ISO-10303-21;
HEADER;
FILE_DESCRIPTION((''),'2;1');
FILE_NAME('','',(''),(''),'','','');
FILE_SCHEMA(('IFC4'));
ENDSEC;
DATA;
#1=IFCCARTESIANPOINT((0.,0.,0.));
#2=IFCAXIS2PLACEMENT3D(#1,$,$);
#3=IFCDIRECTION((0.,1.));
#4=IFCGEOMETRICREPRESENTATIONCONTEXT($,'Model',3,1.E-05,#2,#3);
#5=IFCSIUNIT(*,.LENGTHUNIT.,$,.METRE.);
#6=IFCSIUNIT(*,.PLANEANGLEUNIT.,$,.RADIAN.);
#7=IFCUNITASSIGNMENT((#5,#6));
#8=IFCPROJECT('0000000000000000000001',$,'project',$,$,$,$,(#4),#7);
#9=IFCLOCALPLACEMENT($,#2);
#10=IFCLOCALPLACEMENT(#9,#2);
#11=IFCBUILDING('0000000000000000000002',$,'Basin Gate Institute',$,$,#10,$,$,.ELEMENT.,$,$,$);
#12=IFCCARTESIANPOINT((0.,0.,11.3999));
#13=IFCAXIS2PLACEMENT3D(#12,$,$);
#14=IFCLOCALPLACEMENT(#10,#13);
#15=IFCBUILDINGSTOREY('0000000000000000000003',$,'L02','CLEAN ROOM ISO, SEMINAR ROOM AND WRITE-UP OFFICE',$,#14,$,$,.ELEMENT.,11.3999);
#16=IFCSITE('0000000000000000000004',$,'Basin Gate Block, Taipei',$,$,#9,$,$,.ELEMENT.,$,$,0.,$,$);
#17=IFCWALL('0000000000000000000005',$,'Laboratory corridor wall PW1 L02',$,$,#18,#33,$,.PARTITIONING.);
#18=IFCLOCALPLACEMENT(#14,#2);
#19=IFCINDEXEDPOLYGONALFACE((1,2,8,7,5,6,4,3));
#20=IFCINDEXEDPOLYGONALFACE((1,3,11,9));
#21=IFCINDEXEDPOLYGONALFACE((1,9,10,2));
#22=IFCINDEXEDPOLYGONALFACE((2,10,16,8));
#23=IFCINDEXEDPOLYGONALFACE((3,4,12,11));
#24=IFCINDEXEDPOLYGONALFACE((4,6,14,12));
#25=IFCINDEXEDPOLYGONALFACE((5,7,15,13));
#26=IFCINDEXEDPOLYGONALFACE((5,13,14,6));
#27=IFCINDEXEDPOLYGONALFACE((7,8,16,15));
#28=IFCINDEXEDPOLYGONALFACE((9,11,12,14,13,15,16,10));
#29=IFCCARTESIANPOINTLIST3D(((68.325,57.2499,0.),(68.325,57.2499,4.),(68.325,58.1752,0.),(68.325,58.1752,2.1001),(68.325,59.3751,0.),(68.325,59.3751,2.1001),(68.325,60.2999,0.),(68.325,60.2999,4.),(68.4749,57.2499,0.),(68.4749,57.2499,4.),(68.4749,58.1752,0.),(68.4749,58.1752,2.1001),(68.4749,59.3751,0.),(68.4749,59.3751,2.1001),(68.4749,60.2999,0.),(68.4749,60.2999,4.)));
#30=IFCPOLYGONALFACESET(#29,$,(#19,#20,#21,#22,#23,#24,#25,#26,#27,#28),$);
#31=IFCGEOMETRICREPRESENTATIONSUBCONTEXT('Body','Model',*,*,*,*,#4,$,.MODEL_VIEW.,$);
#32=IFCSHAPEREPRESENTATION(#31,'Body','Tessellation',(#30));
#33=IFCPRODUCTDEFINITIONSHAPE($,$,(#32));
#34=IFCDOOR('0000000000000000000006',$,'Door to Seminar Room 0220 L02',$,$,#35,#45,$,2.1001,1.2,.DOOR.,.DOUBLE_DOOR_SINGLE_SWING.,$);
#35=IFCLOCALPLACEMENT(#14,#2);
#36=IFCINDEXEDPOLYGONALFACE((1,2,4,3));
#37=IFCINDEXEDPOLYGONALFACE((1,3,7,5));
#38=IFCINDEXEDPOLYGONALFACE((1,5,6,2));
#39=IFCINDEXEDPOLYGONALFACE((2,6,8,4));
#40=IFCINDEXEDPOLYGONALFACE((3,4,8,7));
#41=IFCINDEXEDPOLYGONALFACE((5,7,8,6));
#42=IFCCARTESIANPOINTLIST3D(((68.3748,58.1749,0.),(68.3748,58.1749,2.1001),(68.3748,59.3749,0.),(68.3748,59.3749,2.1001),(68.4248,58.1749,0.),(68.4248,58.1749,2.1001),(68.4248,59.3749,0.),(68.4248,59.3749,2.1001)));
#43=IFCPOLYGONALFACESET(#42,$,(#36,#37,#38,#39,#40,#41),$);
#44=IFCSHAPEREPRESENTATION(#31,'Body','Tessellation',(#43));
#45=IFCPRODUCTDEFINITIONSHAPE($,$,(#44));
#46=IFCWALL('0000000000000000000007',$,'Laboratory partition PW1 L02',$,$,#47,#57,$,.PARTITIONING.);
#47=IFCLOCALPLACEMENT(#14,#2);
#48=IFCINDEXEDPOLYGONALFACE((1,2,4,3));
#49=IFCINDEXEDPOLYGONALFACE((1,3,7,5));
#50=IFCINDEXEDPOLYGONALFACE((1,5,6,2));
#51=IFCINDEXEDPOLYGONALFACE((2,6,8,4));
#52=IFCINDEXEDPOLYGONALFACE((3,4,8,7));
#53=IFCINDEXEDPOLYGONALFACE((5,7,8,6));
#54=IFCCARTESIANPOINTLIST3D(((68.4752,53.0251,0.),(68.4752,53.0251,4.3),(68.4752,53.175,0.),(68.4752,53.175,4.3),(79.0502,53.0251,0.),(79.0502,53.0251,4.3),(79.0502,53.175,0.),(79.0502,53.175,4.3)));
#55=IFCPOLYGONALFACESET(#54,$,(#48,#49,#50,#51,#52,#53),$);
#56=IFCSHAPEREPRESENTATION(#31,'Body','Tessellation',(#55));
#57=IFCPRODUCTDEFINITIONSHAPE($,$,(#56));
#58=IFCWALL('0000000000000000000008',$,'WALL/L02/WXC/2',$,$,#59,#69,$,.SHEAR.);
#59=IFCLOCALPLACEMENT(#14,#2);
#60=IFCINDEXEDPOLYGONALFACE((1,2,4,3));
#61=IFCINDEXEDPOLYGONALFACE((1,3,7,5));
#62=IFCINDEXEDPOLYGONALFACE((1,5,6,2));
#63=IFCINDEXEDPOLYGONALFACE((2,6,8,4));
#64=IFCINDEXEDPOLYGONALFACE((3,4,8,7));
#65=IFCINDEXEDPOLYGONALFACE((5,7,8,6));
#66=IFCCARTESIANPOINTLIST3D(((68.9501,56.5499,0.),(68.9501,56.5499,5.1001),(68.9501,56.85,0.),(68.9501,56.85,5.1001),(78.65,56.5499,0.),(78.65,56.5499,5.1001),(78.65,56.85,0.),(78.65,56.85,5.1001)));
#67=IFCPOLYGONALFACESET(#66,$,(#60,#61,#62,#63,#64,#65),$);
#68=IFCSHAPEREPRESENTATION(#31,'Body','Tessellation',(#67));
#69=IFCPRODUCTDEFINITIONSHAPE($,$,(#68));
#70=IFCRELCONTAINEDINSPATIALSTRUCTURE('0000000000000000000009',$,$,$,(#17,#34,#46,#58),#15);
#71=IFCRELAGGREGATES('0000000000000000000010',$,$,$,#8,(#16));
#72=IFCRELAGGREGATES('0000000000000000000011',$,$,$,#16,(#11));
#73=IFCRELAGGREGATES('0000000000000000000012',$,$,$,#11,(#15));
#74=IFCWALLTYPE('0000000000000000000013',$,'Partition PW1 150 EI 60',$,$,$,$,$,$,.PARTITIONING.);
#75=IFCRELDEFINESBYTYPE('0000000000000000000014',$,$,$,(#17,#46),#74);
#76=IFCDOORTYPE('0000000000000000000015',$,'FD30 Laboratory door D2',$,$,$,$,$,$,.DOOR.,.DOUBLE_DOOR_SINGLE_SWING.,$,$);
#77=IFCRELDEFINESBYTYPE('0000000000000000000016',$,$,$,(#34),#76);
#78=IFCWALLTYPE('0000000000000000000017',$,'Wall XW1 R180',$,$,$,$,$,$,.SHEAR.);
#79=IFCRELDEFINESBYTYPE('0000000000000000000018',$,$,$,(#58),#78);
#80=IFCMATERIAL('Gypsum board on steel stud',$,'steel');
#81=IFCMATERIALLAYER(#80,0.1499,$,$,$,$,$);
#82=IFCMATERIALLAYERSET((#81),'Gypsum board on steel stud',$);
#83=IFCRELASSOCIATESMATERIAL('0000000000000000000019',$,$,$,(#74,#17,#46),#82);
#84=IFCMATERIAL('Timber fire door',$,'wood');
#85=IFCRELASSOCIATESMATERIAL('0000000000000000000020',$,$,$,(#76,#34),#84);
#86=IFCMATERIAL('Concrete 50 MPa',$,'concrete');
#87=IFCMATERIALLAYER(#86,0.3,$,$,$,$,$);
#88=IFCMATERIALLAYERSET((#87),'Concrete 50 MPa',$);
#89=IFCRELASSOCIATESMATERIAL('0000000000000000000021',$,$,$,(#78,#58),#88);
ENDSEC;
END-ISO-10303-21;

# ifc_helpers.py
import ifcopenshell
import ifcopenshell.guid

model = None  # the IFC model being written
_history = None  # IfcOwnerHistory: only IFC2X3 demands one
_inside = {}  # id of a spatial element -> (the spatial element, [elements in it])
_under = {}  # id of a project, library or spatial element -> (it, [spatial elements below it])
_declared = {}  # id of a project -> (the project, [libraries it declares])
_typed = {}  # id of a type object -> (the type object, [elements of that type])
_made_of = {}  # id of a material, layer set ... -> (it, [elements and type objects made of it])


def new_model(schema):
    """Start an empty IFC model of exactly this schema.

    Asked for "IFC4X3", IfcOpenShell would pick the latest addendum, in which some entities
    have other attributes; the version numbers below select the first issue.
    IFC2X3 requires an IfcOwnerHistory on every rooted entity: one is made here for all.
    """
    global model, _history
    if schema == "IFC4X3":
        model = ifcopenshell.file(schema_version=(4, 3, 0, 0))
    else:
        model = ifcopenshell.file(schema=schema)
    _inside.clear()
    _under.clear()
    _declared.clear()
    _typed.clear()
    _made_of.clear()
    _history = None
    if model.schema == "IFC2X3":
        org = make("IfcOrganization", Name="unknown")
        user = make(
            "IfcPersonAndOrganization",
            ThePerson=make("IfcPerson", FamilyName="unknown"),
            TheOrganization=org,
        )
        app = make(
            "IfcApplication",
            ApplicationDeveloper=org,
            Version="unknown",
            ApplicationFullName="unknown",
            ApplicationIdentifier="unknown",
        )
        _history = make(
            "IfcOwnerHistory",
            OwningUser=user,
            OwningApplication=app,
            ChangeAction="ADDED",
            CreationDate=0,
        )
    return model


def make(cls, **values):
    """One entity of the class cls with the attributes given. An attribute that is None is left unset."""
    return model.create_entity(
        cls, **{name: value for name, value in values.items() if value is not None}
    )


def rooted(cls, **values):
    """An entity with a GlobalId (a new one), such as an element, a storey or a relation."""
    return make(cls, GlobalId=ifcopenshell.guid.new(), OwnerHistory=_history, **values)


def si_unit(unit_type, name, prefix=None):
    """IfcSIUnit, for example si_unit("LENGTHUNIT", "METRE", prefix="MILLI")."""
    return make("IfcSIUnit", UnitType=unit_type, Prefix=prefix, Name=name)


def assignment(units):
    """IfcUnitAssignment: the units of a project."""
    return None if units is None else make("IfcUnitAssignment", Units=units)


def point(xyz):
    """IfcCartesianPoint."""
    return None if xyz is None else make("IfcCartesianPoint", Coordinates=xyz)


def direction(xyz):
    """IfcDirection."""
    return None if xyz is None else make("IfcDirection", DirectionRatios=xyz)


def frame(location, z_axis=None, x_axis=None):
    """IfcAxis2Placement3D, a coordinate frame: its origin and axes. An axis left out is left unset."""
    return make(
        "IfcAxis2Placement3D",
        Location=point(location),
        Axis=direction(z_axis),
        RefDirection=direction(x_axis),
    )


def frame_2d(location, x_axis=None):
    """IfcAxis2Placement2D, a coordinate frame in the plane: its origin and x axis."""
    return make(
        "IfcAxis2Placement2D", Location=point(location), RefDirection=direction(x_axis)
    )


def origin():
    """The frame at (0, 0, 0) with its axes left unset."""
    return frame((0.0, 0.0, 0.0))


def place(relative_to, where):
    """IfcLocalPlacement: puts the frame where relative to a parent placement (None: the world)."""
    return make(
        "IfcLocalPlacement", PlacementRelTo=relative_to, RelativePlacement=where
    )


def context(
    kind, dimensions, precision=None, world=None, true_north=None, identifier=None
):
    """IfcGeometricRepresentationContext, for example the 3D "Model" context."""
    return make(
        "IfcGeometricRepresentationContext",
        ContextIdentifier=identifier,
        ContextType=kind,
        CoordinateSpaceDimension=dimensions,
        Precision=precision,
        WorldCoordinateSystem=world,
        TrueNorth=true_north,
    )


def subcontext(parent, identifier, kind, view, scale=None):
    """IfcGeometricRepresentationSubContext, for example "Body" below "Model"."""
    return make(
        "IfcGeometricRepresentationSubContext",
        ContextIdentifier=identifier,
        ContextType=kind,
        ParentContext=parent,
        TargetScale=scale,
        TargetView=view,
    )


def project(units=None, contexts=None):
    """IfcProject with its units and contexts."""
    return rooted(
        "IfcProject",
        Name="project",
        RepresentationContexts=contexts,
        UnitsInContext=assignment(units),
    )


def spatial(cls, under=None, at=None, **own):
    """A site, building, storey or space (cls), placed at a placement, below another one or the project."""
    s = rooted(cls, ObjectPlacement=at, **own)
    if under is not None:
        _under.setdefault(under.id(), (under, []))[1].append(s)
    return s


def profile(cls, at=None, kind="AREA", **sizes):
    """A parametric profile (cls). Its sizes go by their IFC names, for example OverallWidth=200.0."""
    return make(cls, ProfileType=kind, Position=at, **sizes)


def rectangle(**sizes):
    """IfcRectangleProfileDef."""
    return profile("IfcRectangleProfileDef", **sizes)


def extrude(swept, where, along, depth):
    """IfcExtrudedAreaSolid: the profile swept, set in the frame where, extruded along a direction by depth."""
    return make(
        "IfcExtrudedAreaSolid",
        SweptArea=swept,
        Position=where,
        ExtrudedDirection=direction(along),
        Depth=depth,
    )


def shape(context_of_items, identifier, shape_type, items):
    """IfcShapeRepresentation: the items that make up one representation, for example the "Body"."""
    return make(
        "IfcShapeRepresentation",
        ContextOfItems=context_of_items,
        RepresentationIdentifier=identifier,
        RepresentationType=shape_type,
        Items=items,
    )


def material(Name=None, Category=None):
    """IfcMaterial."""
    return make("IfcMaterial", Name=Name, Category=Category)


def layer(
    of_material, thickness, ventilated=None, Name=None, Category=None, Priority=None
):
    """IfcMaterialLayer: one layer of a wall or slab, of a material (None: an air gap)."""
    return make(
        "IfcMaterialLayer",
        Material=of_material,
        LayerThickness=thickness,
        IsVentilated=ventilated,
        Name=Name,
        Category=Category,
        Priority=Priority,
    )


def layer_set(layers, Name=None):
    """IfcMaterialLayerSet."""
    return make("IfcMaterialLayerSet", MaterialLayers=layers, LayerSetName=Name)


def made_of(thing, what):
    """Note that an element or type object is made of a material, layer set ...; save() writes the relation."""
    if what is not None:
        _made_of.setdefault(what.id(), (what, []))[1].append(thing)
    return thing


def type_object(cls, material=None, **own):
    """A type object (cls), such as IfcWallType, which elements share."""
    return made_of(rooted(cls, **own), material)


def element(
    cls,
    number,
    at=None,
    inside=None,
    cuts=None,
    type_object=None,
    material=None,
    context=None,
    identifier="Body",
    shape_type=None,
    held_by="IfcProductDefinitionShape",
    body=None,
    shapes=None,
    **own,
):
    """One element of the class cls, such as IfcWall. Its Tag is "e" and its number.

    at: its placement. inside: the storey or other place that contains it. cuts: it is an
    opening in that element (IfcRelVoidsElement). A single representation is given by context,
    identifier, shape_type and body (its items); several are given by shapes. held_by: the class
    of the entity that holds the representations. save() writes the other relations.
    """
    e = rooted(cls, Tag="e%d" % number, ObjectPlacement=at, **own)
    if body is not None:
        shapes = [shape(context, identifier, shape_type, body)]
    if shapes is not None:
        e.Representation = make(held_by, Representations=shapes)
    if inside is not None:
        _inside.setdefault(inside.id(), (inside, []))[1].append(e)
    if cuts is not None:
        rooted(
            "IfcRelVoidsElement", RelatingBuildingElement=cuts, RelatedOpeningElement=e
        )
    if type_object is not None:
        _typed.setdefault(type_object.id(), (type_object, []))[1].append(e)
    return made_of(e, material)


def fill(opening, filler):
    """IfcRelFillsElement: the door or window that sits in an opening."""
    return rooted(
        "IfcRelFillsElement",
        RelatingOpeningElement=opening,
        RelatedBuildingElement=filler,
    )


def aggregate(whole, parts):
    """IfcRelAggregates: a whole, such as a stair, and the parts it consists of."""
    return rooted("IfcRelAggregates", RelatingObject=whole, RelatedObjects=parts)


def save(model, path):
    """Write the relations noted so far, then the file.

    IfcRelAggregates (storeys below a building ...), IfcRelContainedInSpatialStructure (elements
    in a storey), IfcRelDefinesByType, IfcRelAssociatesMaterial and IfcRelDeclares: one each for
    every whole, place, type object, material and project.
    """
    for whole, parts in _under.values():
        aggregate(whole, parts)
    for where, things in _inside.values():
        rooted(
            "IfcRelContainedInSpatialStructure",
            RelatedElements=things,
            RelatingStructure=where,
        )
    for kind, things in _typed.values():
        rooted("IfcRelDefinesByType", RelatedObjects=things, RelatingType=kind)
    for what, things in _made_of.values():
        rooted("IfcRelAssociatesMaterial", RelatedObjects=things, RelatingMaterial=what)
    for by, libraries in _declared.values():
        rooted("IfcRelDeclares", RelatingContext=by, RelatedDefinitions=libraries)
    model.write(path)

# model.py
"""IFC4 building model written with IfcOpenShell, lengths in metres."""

from ifc_helpers import new_model, si_unit, direction, frame, frame_2d, origin, place, context, subcontext, project, spatial, rectangle, extrude, material, layer, layer_set, type_object, element, fill, save


model = new_model("IFC4")

# Units and contexts
model_context = context("Model", 3, precision=1e-05, world=origin(), true_north=direction((0.0, 1.0)))
body_context = subcontext(model_context, "Body", "Model", "MODEL_VIEW")
ifc_project = project(units=[si_unit("LENGTHUNIT", "METRE"), si_unit("PLANEANGLEUNIT", "RADIAN")], contexts=[model_context])

# Site, building, storey
site_placement = place(None, origin())
site = spatial("IfcSite", under=ifc_project, at=site_placement, Name="Basin Gate Block, Taipei", CompositionType="ELEMENT", RefElevation=0.0)
building_placement = place(site_placement, origin())
building = spatial("IfcBuilding", under=site, at=building_placement, Name="Basin Gate Institute", CompositionType="ELEMENT")
storey_placement = place(building_placement, frame((0.0, 0.0, 11.3999)))
storey = spatial("IfcBuildingStorey", under=building, at=storey_placement, Name="L02", Description="CLEAN ROOM ISO, SEMINAR ROOM AND WRITE-UP OFFICE", CompositionType="ELEMENT", Elevation=11.3999)

# Wall, opening, door
ifc_material_1 = material(Name="Gypsum board on steel stud", Category="steel")
ifc_layer_1 = layer(ifc_material_1, 0.1499)
ifc_layer_set_1 = layer_set([ifc_layer_1], Name="Gypsum board on steel stud")
wall_type_1 = type_object("IfcWallType", Name="Partition PW1 150 EI 60", PredefinedType="PARTITIONING", material=ifc_layer_set_1)
wall_1_placement = place(storey_placement, frame((68.3999, 57.25, 0.0), z_axis=(0.0, 0.0, 1.0), x_axis=(0.0, 1.0, 0.0)))
wall_1 = element("IfcWall", 1, at=wall_1_placement, inside=storey, type_object=wall_type_1, material=ifc_layer_set_1, Name="Laboratory corridor wall PW1 L02", PredefinedType="PARTITIONING", context=body_context, shape_type="SweptSolid", body=[
    extrude(rectangle(XDim=3.05, YDim=0.1499, at=frame_2d((1.5249, 0.0))), origin(), (0.0, 0.0, 1.0), 4.0),
])
opening_1_placement = place(wall_1_placement, frame((0.925, 0.0, 0.0)))
opening_1 = element("IfcOpeningElement", 2, at=opening_1_placement, cuts=wall_1, PredefinedType="OPENING", context=body_context, shape_type="SweptSolid", body=[
    extrude(rectangle(XDim=1.2, YDim=2.1001, at=frame_2d((0.6001, 1.05))), frame((0.0, 0.085, 0.0), z_axis=(0.0, -1.0, 0.0), x_axis=(1.0, 0.0, 0.0)), (0.0, 0.0, 1.0), 0.1699),
])
ifc_material_2 = material(Name="Timber fire door", Category="wood")
door_type_1 = type_object("IfcDoorType", Name="FD30 Laboratory door D2", OperationType="DOUBLE_DOOR_SINGLE_SWING", PredefinedType="DOOR", material=ifc_material_2)
door_1_placement = place(opening_1_placement, frame((1.2, 0.0, 0.0), z_axis=(0.0, 0.0, 1.0), x_axis=(-1.0, 0.0, 0.0)))
door_1 = element("IfcDoor", 3, at=door_1_placement, inside=storey, type_object=door_type_1, material=ifc_material_2, Name="Door to Seminar Room 0220 L02", OperationType="DOUBLE_DOOR_SINGLE_SWING", OverallHeight=2.1001, OverallWidth=1.2, PredefinedType="DOOR", context=body_context, shape_type="SweptSolid", body=[
    extrude(rectangle(XDim=1.2, YDim=2.1001, at=frame_2d((0.6001, 1.05))), frame((0.0, 0.0249, 0.0), z_axis=(0.0, -1.0, 0.0), x_axis=(1.0, 0.0, 0.0)), (0.0, 0.0, 1.0), 0.05),
])
fill(opening_1, door_1)

# Walls
wall_2_placement = place(storey_placement, frame((68.4751, 53.1001, 0.0), z_axis=(0.0, 0.0, 1.0), x_axis=(1.0, 0.0, 0.0)))
element("IfcWall", 4, at=wall_2_placement, inside=storey, type_object=wall_type_1, material=ifc_layer_set_1, Name="Laboratory partition PW1 L02", PredefinedType="PARTITIONING", context=body_context, shape_type="SweptSolid", body=[
    extrude(rectangle(XDim=10.575, YDim=0.1499, at=frame_2d((5.2876, 0.0))), origin(), (0.0, 0.0, 1.0), 4.3),
])
ifc_material_3 = material(Name="Concrete 50 MPa", Category="concrete")
ifc_layer_2 = layer(ifc_material_3, 0.3)
ifc_layer_set_2 = layer_set([ifc_layer_2], Name="Concrete 50 MPa")
wall_type_2 = type_object("IfcWallType", Name="Wall XW1 R180", PredefinedType="SHEAR", material=ifc_layer_set_2)
wall_3_placement = place(storey_placement, frame((68.95, 56.7, 0.0), z_axis=(0.0, 0.0, 1.0), x_axis=(1.0, 0.0, 0.0)))
element("IfcWall", 5, at=wall_3_placement, inside=storey, type_object=wall_type_2, material=ifc_layer_set_2, Name="WALL/L02/WXC/2", PredefinedType="SHEAR", context=body_context, shape_type="SweptSolid", body=[
    extrude(rectangle(XDim=9.7, YDim=0.3, at=frame_2d((4.8501, 0.0))), origin(), (0.0, 0.0, 1.0), 5.1001),
])

save(model, "model.ifc")
